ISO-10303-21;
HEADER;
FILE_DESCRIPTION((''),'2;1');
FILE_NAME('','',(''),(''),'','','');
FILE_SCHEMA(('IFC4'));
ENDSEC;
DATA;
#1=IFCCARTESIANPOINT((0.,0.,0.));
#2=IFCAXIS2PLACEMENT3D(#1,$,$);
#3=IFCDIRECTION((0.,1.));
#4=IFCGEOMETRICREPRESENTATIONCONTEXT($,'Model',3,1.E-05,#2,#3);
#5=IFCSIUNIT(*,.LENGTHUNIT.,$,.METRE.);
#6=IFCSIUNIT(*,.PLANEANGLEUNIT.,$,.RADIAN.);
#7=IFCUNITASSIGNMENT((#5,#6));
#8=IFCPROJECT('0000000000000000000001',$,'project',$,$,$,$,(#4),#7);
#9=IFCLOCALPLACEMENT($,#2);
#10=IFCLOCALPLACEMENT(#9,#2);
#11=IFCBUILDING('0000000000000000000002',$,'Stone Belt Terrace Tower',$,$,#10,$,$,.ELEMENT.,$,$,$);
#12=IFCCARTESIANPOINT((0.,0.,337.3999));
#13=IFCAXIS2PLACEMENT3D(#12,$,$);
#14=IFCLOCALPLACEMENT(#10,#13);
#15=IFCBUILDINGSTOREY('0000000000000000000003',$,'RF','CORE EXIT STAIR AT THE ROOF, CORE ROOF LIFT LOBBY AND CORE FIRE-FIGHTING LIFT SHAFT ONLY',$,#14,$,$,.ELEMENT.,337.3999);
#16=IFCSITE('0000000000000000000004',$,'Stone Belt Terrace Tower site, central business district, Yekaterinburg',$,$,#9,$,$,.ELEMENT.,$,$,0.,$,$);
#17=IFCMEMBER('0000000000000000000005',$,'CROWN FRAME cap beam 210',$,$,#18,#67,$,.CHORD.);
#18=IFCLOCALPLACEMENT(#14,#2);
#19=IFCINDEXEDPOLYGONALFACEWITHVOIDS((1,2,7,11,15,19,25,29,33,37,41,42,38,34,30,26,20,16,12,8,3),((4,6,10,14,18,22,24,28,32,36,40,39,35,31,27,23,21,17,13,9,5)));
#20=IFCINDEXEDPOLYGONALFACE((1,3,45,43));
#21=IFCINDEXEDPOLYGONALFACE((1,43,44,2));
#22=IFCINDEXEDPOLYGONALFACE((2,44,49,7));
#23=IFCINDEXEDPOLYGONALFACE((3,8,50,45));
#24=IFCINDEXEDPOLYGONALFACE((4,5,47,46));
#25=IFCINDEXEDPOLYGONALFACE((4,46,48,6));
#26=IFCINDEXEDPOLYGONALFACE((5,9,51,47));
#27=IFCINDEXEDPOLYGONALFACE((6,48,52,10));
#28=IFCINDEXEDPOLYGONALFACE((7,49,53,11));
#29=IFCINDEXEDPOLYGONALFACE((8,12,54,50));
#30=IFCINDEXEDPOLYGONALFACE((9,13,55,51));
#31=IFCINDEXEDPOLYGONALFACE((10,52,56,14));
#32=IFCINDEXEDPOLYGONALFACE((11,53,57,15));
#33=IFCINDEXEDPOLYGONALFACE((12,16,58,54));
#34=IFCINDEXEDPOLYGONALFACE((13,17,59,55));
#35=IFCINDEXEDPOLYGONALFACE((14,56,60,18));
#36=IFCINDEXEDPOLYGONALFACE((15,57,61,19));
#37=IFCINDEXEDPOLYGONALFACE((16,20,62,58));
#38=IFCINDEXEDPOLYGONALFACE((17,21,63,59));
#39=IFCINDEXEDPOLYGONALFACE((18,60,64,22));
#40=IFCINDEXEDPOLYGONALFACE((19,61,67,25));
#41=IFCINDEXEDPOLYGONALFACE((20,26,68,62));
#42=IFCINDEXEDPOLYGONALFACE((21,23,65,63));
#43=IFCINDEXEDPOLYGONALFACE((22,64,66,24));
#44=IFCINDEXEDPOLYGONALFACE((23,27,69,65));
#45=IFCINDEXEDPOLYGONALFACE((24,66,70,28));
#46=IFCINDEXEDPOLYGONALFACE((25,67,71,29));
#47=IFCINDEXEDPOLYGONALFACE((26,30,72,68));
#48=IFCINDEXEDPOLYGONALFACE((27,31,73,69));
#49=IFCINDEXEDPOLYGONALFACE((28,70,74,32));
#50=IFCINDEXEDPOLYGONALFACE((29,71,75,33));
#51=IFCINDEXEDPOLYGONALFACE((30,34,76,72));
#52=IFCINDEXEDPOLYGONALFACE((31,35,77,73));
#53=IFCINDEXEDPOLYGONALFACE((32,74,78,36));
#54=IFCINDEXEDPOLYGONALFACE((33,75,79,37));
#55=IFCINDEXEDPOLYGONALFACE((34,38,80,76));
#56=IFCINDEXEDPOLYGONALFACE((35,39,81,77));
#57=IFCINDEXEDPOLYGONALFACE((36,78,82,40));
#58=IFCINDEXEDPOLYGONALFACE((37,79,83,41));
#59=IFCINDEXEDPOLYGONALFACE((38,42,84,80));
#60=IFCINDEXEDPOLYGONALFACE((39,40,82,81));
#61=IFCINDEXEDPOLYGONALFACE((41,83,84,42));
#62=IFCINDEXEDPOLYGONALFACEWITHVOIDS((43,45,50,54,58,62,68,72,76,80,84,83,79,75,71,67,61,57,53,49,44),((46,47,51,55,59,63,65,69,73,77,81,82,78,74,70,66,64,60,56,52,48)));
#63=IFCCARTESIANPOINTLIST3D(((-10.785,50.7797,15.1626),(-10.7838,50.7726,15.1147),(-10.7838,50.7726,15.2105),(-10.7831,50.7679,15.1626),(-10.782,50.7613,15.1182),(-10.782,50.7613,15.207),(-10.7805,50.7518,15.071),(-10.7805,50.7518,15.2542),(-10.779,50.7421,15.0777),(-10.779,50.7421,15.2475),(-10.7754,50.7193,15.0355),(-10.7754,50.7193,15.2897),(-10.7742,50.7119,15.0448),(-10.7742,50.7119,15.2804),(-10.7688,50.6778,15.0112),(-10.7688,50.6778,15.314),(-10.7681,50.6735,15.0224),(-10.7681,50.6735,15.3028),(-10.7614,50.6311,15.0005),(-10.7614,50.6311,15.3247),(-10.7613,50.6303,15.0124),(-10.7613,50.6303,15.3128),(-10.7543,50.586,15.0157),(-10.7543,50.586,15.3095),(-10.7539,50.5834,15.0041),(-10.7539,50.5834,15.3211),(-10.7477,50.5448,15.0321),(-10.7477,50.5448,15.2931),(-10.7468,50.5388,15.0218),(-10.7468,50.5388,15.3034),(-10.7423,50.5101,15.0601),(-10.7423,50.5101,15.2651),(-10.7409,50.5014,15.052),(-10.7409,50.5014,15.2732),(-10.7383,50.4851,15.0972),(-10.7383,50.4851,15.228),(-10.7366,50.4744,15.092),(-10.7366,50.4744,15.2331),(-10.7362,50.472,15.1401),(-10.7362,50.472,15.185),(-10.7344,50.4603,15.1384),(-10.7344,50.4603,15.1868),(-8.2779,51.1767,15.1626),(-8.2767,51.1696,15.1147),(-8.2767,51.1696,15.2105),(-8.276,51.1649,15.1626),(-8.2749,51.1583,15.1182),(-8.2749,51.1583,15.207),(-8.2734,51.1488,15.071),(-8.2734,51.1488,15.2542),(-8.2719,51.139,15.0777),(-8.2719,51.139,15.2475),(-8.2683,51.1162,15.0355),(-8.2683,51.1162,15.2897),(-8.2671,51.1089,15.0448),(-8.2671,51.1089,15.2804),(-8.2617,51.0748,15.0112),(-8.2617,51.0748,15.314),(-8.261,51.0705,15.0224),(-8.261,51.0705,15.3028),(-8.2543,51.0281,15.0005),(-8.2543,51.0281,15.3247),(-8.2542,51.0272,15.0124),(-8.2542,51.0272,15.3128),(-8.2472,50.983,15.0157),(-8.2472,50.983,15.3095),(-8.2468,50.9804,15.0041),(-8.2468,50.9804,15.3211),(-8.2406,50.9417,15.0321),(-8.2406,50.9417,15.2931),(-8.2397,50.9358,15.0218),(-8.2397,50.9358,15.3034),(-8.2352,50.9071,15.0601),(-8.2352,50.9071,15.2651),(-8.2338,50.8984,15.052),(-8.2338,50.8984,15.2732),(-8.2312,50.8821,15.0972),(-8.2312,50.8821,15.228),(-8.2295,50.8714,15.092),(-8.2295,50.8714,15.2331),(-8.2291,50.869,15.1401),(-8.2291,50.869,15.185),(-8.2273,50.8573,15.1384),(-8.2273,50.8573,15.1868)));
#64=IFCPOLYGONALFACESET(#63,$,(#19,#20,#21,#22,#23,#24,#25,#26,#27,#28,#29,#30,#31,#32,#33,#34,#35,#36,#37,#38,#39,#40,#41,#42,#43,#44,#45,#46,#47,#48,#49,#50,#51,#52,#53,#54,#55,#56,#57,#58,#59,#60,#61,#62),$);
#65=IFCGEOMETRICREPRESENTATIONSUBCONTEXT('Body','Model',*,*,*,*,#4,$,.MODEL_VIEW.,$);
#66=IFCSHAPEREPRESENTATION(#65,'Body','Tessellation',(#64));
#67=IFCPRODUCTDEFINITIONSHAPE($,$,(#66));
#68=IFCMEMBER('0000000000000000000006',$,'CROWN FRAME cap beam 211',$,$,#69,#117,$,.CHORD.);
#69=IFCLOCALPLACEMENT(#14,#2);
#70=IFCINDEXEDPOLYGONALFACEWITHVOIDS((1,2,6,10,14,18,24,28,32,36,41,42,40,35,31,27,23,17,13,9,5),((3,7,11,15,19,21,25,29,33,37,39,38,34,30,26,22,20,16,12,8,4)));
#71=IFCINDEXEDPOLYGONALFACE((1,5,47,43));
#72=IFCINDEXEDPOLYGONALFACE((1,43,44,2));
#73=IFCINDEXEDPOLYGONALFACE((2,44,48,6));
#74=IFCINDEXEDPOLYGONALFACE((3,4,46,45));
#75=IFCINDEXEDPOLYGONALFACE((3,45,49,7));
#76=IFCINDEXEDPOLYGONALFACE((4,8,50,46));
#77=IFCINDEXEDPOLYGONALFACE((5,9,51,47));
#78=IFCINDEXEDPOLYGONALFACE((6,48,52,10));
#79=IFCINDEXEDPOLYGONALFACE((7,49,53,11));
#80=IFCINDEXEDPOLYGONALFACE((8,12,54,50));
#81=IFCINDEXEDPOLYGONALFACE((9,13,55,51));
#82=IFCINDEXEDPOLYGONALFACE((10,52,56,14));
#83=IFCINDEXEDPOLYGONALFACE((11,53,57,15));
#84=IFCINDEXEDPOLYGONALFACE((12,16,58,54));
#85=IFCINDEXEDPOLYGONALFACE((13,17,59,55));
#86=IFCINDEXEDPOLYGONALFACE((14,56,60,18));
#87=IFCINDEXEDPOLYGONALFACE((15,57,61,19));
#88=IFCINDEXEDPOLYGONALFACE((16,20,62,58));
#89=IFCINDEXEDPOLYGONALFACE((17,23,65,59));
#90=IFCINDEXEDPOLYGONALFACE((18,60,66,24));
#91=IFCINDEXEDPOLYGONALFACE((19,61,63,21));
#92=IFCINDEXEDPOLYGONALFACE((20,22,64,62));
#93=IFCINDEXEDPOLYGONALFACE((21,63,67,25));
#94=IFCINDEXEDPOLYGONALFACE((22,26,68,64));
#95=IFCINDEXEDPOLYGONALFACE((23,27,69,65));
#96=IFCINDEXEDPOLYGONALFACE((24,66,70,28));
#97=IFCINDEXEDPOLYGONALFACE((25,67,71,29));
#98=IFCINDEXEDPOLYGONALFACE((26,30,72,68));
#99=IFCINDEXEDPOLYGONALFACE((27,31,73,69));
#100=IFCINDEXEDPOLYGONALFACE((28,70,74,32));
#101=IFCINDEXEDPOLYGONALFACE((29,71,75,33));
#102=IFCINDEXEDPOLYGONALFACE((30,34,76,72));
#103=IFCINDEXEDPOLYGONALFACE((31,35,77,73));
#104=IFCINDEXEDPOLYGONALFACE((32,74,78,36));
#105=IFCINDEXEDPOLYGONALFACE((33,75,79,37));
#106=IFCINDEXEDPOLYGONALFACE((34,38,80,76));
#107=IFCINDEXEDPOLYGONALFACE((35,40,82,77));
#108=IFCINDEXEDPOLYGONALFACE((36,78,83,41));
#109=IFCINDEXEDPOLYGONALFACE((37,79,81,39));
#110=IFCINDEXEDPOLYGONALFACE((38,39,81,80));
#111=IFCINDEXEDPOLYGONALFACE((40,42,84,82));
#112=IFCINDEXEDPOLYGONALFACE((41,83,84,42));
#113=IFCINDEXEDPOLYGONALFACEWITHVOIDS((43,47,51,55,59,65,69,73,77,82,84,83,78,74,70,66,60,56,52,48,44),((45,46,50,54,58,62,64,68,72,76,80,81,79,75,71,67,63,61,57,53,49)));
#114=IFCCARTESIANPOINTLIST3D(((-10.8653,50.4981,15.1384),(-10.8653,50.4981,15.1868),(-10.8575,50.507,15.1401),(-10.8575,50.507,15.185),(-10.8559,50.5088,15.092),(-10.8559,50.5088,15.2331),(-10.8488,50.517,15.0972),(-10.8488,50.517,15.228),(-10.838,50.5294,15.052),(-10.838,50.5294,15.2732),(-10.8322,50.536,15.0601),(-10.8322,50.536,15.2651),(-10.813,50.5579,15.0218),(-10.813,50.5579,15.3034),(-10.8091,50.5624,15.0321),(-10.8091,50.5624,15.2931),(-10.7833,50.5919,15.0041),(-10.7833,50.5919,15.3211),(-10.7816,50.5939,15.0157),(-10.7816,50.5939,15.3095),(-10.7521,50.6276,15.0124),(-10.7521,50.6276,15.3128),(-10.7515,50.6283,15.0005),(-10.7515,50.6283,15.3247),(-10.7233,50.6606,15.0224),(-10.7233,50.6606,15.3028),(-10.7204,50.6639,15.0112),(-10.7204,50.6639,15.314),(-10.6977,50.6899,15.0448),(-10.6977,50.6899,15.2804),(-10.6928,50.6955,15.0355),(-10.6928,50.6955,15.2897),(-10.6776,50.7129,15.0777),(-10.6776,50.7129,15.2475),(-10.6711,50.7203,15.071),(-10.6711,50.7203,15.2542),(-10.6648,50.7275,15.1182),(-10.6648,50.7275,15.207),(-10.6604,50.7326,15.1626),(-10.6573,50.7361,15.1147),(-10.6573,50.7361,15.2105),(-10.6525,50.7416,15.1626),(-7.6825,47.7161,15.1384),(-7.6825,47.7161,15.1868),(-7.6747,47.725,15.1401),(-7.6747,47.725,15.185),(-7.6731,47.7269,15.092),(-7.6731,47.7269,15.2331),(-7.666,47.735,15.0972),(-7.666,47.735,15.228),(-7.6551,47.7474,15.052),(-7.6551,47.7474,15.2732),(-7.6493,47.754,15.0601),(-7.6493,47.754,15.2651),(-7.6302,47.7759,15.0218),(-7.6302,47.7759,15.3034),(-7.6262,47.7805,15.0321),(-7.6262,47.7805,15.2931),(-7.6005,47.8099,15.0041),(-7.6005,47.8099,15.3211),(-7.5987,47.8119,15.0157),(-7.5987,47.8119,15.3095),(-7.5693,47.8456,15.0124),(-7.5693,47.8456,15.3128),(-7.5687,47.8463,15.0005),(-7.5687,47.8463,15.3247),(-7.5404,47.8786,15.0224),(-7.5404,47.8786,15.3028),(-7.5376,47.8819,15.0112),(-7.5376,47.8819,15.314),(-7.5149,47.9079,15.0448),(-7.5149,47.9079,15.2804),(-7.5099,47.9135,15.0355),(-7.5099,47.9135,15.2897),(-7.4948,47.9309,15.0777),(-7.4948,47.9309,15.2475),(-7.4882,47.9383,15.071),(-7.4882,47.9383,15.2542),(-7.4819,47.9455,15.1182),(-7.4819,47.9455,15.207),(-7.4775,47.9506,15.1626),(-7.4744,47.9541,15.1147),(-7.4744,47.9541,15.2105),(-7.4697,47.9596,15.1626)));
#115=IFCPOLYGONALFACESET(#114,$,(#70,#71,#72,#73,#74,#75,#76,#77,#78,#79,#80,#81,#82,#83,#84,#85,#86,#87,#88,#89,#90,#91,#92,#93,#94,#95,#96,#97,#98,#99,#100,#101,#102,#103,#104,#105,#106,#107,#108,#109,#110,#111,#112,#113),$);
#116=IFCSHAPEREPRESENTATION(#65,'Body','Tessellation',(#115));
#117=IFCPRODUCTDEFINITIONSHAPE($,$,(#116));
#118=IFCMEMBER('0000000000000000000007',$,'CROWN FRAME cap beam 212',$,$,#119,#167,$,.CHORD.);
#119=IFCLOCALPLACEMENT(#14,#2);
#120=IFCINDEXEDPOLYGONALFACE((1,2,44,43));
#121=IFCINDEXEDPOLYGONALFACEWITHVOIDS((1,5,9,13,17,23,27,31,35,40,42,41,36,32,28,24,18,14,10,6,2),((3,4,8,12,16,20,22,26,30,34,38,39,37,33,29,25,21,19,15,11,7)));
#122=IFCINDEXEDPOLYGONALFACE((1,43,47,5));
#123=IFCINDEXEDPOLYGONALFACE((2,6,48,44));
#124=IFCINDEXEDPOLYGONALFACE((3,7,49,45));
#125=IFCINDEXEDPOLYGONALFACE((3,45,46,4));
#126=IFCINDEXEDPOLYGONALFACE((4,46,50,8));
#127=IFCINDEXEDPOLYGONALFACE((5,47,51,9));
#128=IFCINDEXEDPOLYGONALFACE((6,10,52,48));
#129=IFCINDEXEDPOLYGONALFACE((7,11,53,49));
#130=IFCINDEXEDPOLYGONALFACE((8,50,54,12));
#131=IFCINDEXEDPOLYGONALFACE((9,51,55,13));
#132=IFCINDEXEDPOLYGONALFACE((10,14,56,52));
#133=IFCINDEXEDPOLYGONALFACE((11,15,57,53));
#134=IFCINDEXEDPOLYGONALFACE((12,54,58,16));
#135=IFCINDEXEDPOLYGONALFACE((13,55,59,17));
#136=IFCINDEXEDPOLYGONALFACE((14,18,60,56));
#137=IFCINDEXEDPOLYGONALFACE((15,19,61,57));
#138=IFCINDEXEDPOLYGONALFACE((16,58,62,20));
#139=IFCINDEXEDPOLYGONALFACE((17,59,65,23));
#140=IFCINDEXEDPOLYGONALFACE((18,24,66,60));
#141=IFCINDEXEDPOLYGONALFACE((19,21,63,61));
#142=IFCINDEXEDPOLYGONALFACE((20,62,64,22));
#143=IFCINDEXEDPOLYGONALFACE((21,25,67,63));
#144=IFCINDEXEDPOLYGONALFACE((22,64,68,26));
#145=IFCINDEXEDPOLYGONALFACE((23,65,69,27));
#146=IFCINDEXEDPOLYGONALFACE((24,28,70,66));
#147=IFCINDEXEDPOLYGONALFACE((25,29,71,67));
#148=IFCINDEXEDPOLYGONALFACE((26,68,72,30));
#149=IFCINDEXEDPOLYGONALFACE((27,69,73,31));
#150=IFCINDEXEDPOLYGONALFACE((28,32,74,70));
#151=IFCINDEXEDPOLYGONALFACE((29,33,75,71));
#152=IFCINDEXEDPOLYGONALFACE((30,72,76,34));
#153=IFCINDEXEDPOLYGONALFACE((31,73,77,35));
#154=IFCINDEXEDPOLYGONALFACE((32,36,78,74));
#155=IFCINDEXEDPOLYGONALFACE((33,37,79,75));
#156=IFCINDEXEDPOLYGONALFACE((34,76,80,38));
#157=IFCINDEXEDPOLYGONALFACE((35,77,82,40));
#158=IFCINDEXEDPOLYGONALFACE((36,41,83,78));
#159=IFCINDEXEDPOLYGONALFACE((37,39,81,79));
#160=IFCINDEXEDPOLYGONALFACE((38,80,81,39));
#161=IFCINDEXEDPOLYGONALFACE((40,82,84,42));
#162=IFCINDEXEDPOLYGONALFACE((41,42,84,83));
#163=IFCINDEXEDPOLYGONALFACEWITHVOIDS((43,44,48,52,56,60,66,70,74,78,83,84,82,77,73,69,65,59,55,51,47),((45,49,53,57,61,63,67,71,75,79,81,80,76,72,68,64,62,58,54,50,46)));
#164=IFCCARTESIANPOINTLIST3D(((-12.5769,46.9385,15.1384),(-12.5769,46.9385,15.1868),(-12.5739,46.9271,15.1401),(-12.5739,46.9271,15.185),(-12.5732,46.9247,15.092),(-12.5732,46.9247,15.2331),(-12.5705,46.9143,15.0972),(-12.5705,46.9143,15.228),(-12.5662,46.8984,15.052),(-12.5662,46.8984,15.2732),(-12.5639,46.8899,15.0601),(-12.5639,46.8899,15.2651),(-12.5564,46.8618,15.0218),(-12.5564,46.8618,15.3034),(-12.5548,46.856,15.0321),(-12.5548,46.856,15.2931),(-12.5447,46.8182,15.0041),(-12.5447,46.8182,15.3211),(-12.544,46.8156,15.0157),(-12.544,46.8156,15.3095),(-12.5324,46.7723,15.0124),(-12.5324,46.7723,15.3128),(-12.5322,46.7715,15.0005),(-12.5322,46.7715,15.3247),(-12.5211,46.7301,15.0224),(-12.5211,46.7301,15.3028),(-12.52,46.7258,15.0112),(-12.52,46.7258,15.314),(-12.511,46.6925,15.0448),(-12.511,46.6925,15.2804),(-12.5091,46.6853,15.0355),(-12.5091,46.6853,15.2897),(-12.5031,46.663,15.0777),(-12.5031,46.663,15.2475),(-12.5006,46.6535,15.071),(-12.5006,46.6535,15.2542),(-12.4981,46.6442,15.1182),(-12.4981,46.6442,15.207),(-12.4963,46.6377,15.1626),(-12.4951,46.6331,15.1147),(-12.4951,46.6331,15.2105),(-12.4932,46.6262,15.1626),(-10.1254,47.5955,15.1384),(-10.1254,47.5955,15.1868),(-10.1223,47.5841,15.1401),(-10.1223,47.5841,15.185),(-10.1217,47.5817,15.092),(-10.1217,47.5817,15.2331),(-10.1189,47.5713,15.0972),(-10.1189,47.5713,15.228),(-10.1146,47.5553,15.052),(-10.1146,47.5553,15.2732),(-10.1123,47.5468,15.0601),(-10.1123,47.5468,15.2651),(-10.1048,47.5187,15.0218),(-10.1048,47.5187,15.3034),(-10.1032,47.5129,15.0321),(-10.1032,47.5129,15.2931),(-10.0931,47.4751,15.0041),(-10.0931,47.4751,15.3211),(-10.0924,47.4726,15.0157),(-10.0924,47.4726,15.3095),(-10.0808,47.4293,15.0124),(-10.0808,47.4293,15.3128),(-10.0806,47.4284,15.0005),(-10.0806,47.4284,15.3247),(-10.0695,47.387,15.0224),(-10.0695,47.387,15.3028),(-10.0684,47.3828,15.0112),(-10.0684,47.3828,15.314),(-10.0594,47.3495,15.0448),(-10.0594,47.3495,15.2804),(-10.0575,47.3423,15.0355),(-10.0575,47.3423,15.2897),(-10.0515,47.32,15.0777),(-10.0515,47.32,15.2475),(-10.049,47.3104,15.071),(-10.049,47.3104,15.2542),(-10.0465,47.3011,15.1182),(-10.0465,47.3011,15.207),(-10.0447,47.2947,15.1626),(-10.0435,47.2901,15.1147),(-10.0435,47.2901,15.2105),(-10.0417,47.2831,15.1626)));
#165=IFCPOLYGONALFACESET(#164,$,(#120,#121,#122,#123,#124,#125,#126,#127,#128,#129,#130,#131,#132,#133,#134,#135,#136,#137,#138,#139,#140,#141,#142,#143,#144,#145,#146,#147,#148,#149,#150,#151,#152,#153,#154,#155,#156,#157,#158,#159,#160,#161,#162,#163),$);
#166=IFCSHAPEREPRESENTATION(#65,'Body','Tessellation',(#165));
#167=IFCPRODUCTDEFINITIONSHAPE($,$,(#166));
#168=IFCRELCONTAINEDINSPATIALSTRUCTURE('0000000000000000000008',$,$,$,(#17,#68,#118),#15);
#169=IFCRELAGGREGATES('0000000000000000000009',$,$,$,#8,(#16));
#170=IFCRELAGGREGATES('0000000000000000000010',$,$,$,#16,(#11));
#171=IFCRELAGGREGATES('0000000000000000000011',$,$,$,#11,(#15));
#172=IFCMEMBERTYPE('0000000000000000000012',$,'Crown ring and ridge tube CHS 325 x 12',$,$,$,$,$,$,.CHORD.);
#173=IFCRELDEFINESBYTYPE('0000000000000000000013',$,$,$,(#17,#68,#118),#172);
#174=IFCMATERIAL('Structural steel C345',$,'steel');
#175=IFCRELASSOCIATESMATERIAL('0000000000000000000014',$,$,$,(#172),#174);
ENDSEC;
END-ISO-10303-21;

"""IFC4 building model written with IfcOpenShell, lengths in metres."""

from ifc_helpers import new_model, si_unit, direction, frame, origin, origin_2d, place, context, subcontext, project, spatial, hollow_circle, extrude, material, material_profile, profile_set, type_object, element, save


model = new_model("IFC4")

# Units and contexts
model_context = context("Model", 3, precision=1e-05, world=origin(), true_north=direction((0.0, 1.0)))
body_context = subcontext(model_context, "Body", "Model", "MODEL_VIEW")
ifc_project = project(units=[si_unit("LENGTHUNIT", "METRE"), si_unit("PLANEANGLEUNIT", "RADIAN")], contexts=[model_context])

# Site, building, storey
site_placement = place(None, origin())
site = spatial("IfcSite", under=ifc_project, at=site_placement, Name="Stone Belt Terrace Tower site, central business district, Yekaterinburg", CompositionType="ELEMENT", RefElevation=0.0)
building_placement = place(site_placement, origin())
building = spatial("IfcBuilding", under=site, at=building_placement, Name="Stone Belt Terrace Tower", CompositionType="ELEMENT")
storey_placement = place(building_placement, frame((0.0, 0.0, 337.3999)))
storey = spatial("IfcBuildingStorey", under=building, at=storey_placement, Name="RF", Description="CORE EXIT STAIR AT THE ROOF, CORE ROOF LIFT LOBBY AND CORE FIRE-FIGHTING LIFT SHAFT ONLY", CompositionType="ELEMENT", Elevation=337.3999)

# Members
ifc_material_1 = material(Name="Structural steel C345", Category="steel")
ifc_material_profile_1 = material_profile(ifc_material_1, hollow_circle(Radius=0.1626, WallThickness=0.012, at=origin_2d()), Name="Structural steel C345 CHS 325x12")
ifc_profile_set_1 = profile_set([ifc_material_profile_1], Name="Structural steel C345")
member_type_1 = type_object("IfcMemberType", Name="Crown ring and ridge tube CHS 325 x 12", PredefinedType="CHORD", material=ifc_profile_set_1)
member_1_placement = place(storey_placement, frame((-10.7595, 50.6191, 15.1626), z_axis=(0.987695, 0.156392, 0.0), x_axis=(-0.156392, 0.987695, 0.0)))
element("IfcMember", 1, at=member_1_placement, inside=storey, type_object=member_type_1, Name="CROWN FRAME cap beam 210", PredefinedType="CHORD", context=body_context, shape_type="SweptSolid", body=[
    extrude(hollow_circle(Radius=0.1626, WallThickness=0.012, at=origin_2d()), origin(), (0.0, 0.0, 1.0), 2.5383),
])
member_2_placement = place(storey_placement, frame((-10.7595, 50.6191, 15.1626), z_axis=(0.752931, -0.6581, 0.0), x_axis=(0.6581, 0.752931, 0.0)))
element("IfcMember", 2, at=member_2_placement, inside=storey, type_object=member_type_1, Name="CROWN FRAME cap beam 211", PredefinedType="CHORD", context=body_context, shape_type="SweptSolid", body=[
    extrude(hollow_circle(Radius=0.1626, WallThickness=0.012, at=origin_2d()), origin(), (0.0, 0.0, 1.0), 4.2273),
])
member_3_placement = place(storey_placement, frame((-10.0837, 47.4402, 15.1626), z_axis=(-0.96592, -0.258842, 0.0), x_axis=(0.258842, -0.96592, 0.0)))
element("IfcMember", 3, at=member_3_placement, inside=storey, type_object=member_type_1, Name="CROWN FRAME cap beam 212", PredefinedType="CHORD", context=body_context, shape_type="SweptSolid", body=[
    extrude(hollow_circle(Radius=0.1626, WallThickness=0.012, at=origin_2d()), origin(), (0.0, 0.0, 1.0), 2.5381),
])

save(model, "model.ifc")
